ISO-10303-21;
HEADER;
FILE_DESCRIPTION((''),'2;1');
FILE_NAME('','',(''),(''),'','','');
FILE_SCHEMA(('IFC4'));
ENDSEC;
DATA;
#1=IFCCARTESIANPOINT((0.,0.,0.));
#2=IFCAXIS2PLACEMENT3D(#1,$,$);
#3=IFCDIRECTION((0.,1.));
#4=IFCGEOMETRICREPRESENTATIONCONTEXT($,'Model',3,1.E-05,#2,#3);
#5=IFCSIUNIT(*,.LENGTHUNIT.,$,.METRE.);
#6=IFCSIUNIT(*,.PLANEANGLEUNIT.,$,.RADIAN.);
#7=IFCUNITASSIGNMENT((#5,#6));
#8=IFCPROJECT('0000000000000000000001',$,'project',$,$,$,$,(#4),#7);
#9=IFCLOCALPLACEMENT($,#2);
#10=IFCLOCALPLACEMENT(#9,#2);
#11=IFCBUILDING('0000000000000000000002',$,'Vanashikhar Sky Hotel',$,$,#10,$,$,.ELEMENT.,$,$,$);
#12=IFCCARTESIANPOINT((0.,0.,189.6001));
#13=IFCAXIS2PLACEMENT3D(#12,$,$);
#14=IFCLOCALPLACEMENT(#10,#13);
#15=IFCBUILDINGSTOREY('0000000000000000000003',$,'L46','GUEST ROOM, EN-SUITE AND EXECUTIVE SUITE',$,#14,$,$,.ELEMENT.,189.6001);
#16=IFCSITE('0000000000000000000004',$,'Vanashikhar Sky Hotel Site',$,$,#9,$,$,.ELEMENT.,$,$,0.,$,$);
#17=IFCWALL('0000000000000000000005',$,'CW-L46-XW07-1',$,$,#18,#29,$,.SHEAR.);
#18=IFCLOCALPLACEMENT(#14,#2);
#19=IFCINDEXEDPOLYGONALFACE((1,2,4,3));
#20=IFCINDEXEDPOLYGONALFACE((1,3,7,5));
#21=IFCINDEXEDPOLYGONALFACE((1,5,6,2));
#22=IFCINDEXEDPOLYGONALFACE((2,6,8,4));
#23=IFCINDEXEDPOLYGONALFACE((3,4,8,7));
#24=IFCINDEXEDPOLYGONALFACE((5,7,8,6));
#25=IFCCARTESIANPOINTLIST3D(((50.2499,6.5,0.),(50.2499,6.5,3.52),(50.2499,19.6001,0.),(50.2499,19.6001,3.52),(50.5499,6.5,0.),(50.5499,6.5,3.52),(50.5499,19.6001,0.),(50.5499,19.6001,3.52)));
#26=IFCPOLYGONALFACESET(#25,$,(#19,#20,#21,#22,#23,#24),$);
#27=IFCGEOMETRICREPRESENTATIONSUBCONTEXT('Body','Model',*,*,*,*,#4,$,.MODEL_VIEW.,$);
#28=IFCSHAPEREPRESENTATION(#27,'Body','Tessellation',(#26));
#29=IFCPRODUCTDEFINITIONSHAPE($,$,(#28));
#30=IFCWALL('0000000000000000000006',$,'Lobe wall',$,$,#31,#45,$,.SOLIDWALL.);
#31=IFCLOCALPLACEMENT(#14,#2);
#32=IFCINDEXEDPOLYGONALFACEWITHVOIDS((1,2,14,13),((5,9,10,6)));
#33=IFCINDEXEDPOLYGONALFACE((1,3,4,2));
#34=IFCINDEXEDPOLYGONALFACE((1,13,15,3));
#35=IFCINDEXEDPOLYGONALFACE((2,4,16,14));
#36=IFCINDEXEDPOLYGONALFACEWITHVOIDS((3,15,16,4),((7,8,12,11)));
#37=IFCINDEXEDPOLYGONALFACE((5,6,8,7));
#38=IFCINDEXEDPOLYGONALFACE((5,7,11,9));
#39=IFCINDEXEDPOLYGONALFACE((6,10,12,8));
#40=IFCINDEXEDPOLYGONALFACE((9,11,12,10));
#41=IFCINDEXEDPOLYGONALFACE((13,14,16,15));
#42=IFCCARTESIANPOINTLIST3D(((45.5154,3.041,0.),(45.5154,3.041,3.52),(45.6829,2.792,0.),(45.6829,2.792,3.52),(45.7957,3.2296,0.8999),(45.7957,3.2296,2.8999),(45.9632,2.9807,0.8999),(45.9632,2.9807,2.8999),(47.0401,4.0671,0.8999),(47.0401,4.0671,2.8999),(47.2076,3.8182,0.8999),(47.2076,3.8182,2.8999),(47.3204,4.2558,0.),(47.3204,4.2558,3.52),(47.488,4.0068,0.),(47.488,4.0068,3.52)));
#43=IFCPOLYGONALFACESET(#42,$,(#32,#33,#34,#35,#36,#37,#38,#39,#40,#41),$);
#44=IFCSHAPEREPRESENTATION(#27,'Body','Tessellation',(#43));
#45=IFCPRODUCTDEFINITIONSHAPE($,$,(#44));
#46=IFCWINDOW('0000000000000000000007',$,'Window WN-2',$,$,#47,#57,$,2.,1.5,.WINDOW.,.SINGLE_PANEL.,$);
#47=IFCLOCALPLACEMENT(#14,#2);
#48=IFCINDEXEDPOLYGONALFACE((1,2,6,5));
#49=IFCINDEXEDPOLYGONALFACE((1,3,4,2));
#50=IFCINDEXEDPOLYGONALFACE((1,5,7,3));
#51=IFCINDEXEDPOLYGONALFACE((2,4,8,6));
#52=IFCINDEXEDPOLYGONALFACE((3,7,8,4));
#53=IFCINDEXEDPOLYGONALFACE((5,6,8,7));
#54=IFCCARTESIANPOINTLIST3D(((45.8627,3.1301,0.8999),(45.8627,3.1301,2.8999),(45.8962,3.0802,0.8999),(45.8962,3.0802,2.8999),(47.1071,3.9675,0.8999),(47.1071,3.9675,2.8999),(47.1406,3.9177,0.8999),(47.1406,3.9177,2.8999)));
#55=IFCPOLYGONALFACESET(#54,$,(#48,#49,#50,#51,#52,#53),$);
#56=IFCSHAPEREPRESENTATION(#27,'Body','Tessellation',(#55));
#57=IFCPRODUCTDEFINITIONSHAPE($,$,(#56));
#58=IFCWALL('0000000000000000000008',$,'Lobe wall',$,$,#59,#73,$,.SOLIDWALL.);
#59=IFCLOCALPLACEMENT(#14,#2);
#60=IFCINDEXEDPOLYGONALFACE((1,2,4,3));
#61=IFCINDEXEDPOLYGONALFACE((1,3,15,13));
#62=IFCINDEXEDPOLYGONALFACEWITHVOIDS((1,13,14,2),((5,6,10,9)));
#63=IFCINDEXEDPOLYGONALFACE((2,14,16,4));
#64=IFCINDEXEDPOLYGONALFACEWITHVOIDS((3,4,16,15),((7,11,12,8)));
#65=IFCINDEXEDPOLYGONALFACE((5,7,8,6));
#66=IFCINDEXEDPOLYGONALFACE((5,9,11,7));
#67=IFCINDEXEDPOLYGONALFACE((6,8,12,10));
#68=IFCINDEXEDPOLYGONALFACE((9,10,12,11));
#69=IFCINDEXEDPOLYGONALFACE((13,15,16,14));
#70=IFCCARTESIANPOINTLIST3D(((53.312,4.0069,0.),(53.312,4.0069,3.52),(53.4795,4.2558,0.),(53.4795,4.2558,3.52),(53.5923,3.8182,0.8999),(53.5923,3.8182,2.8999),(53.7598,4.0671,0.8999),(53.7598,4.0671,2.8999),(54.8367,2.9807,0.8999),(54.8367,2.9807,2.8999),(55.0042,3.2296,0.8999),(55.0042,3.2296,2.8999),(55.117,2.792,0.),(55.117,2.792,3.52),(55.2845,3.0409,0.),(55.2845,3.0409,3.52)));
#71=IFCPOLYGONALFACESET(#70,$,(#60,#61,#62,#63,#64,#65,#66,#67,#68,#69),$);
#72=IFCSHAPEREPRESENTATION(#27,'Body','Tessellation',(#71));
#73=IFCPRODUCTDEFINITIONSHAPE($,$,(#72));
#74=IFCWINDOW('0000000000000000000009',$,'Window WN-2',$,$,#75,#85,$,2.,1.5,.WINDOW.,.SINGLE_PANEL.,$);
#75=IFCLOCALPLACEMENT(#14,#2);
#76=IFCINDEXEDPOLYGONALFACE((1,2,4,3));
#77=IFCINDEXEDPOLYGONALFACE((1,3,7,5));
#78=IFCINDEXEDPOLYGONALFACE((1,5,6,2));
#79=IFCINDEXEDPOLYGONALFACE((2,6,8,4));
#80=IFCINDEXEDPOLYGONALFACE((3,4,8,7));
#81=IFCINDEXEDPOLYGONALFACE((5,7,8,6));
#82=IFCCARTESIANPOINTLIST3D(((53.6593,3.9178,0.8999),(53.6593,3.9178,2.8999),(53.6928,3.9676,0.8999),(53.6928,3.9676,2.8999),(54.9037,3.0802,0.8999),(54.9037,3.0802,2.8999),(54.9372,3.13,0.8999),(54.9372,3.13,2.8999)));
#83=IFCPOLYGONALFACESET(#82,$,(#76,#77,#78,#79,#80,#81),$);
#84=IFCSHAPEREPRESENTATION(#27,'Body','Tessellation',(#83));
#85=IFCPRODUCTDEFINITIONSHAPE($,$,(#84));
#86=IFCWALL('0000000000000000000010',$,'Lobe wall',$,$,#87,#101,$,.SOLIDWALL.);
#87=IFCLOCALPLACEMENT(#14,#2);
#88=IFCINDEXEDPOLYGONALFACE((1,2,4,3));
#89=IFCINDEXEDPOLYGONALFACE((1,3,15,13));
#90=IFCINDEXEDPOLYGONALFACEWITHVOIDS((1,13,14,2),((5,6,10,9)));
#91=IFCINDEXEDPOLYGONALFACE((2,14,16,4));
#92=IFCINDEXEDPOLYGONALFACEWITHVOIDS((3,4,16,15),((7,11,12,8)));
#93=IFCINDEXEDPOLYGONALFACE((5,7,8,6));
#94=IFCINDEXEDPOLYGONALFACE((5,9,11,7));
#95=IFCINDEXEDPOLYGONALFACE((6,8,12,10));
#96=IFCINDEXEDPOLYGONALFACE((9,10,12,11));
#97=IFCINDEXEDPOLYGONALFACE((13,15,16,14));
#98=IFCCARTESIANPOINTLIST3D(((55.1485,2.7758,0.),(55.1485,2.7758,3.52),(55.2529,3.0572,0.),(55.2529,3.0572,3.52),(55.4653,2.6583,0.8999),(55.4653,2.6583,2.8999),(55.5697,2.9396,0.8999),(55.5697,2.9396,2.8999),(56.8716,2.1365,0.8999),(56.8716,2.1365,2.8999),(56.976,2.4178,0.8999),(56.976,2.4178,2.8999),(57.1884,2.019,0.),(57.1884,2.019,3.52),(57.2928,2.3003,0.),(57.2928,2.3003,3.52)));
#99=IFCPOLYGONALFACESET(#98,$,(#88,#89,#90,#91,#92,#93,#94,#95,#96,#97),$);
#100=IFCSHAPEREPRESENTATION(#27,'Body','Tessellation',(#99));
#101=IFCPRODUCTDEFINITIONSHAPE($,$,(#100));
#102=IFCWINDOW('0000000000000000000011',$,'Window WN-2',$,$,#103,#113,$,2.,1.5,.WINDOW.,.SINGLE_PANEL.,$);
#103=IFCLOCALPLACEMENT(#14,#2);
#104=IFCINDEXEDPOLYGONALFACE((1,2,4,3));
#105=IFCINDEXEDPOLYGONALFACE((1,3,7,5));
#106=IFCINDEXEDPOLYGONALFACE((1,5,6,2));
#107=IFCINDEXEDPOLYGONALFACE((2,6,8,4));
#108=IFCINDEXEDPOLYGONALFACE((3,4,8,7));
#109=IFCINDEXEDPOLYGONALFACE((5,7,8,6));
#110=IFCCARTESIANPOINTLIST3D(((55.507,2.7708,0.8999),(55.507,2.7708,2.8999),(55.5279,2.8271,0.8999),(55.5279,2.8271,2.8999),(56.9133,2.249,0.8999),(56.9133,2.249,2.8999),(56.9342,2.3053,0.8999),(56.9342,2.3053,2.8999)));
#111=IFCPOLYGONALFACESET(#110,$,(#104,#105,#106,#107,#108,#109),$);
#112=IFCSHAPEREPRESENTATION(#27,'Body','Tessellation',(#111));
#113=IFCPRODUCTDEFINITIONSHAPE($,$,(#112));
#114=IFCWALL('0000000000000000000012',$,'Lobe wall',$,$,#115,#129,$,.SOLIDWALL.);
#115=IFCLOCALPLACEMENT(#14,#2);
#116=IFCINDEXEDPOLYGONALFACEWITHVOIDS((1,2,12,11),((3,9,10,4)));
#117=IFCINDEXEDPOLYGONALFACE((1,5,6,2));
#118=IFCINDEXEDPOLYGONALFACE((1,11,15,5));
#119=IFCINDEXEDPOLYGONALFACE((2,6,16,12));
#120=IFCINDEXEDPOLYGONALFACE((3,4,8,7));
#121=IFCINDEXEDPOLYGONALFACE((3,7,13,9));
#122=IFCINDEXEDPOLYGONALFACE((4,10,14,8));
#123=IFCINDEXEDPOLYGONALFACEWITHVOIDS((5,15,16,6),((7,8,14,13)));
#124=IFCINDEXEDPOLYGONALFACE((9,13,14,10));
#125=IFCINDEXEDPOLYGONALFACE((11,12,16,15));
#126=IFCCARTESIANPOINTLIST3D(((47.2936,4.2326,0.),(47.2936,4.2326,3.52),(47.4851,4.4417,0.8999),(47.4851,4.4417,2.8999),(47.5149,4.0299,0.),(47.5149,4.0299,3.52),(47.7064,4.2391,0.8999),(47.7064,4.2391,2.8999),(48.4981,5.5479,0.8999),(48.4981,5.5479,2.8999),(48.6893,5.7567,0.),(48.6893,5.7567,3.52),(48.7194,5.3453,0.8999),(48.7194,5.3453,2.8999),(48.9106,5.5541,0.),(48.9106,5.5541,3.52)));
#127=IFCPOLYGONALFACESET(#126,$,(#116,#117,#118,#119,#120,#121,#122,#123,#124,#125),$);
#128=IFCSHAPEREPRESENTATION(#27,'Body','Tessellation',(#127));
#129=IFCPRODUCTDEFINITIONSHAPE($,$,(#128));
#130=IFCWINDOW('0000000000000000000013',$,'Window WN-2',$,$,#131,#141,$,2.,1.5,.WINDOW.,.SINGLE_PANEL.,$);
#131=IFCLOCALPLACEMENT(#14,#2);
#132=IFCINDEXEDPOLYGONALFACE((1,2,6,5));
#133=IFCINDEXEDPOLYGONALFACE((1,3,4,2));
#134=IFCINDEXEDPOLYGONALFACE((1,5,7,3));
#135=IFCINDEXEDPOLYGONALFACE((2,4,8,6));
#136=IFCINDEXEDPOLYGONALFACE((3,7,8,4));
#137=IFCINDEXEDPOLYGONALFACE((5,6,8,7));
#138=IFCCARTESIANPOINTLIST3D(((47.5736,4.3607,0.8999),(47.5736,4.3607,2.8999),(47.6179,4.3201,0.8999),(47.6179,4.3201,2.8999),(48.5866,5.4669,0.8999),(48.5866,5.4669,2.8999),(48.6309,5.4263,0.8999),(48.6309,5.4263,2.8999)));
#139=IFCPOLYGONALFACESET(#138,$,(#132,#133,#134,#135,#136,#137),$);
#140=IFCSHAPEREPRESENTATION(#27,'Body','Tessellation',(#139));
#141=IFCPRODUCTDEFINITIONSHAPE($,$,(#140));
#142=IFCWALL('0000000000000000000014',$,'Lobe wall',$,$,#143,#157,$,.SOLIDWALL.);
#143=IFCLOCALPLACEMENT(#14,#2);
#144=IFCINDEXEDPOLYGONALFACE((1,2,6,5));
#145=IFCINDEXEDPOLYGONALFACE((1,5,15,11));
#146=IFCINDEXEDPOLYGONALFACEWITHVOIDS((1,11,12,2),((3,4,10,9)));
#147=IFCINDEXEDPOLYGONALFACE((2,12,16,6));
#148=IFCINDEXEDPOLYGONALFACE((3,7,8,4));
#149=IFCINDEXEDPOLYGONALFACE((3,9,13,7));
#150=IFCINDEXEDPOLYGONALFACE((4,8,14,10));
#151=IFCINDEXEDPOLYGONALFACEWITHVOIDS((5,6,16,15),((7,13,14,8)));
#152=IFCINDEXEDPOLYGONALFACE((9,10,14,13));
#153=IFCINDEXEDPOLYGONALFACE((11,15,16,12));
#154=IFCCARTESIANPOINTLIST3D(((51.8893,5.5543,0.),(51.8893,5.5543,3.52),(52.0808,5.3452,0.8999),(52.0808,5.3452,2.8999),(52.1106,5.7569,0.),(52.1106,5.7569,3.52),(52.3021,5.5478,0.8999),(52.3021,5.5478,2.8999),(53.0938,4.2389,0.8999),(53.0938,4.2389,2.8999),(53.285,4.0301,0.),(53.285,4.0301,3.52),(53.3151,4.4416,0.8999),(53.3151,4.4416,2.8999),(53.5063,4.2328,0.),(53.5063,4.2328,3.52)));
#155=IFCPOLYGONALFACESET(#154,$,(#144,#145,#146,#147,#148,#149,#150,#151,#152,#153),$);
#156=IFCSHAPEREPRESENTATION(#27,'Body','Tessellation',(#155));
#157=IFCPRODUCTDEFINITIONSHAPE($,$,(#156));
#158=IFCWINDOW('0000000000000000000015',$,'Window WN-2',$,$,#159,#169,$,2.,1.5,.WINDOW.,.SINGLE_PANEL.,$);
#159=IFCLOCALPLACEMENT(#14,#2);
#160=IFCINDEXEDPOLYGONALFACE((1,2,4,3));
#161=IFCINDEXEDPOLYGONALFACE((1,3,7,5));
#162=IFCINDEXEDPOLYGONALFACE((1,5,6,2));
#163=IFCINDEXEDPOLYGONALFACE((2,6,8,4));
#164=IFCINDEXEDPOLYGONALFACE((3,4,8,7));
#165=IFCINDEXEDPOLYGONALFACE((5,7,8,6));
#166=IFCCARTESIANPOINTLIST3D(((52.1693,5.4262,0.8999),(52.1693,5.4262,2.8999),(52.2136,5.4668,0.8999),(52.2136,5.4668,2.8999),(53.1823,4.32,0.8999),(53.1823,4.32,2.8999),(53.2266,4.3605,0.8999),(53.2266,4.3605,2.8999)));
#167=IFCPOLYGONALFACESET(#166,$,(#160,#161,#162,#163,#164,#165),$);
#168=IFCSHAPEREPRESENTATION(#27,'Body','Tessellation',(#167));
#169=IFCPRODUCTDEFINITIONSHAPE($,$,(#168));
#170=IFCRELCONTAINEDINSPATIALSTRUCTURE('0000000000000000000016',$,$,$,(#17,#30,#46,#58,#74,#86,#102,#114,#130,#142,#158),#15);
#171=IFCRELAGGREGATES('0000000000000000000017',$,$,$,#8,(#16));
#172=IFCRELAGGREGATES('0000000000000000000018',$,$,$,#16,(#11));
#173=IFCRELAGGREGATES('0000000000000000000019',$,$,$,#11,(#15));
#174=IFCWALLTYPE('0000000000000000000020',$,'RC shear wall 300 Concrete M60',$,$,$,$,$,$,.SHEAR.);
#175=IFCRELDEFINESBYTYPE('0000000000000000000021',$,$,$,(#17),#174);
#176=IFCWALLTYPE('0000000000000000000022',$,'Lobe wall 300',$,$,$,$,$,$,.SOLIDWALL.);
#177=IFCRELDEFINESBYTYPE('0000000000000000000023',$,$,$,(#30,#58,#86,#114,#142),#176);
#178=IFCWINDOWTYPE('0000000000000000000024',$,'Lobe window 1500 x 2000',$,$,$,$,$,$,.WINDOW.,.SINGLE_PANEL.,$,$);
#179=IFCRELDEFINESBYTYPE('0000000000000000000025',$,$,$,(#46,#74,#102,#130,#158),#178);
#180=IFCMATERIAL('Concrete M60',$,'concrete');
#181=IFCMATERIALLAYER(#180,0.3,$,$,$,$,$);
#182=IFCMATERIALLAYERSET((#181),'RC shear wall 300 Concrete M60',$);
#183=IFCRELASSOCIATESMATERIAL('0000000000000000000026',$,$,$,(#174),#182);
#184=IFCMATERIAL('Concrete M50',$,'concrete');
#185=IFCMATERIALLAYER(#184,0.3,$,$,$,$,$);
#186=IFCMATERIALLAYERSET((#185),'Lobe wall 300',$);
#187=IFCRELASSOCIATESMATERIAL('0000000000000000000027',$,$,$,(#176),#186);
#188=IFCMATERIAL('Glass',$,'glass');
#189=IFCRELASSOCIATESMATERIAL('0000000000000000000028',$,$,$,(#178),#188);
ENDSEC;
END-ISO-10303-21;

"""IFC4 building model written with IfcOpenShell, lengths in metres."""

from ifc_helpers import new_model, si_unit, direction, frame, frame_2d, origin, place, context, subcontext, project, spatial, rectangle, extrude, source, transform, mapped, material, layer, layer_set, type_object, element, fill, save


model = new_model("IFC4")

# Units and contexts
model_context = context("Model", 3, precision=1e-05, world=origin(), true_north=direction((0.0, 1.0)))
body_context = subcontext(model_context, "Body", "Model", "MODEL_VIEW")
ifc_project = project(units=[si_unit("LENGTHUNIT", "METRE"), si_unit("PLANEANGLEUNIT", "RADIAN")], contexts=[model_context])

# Site, building, storey
site_placement = place(None, origin())
site = spatial("IfcSite", under=ifc_project, at=site_placement, Name="Vanashikhar Sky Hotel Site", CompositionType="ELEMENT", RefElevation=0.0)
building_placement = place(site_placement, origin())
building = spatial("IfcBuilding", under=site, at=building_placement, Name="Vanashikhar Sky Hotel", CompositionType="ELEMENT")
storey_placement = place(building_placement, frame((0.0, 0.0, 189.6001)))
storey = spatial("IfcBuildingStorey", under=building, at=storey_placement, Name="L46", Description="GUEST ROOM, EN-SUITE AND EXECUTIVE SUITE", CompositionType="ELEMENT", Elevation=189.6001)

# Wall
ifc_material_1 = material(Name="Concrete M60", Category="concrete")
ifc_layer_1 = layer(ifc_material_1, 0.3)
ifc_layer_set_1 = layer_set([ifc_layer_1], Name="RC shear wall 300 Concrete M60")
wall_type_1 = type_object("IfcWallType", Name="RC shear wall 300 Concrete M60", PredefinedType="SHEAR", material=ifc_layer_set_1)
shared_shape_1 = source(origin(), body_context, "Body", "SweptSolid", [
    extrude(rectangle(XDim=13.1001, YDim=0.3, at=frame_2d((6.55, 0.0))), origin(), (0.0, 0.0, 1.0), 3.52),
])
wall_1_placement = place(storey_placement, frame((50.3999, 6.5, 0.0), z_axis=(0.0, 0.0, 1.0), x_axis=(0.0, 1.0, 0.0)))
element("IfcWall", 1, at=wall_1_placement, inside=storey, type_object=wall_type_1, Name="CW-L46-XW07-1", PredefinedType="SHEAR", context=body_context, shape_type="MappedRepresentation", body=[
    mapped(shared_shape_1, transform((0.0, 0.0, 0.0), scale=1.0)),
])

# Walls, openings, windows
ifc_material_2 = material(Name="Concrete M50", Category="concrete")
ifc_layer_2 = layer(ifc_material_2, 0.3)
ifc_layer_set_2 = layer_set([ifc_layer_2], Name="Lobe wall 300")
wall_type_2 = type_object("IfcWallType", Name="Lobe wall 300", PredefinedType="SOLIDWALL", material=ifc_layer_set_2)
shared_shape_2 = source(origin(), body_context, "Body", "SweptSolid", [
    extrude(rectangle(XDim=2.1758, YDim=0.3, at=frame_2d((1.0879, 0.0))), origin(), (0.0, 0.0, 1.0), 3.52),
])
wall_2_placement = place(storey_placement, frame((45.5991, 2.9165, 0.0), z_axis=(0.0, 0.0, 1.0), x_axis=(0.829626, 0.55832, 0.0)))
wall_2 = element("IfcWall", 2, at=wall_2_placement, inside=storey, type_object=wall_type_2, Name="Lobe wall", PredefinedType="SOLIDWALL", context=body_context, shape_type="MappedRepresentation", body=[
    mapped(shared_shape_2, transform((0.0, 0.0, 0.0), scale=1.0)),
])
shared_shape_3 = source(origin(), body_context, "Body", "SweptSolid", [
    extrude(rectangle(XDim=1.5, YDim=2.0, at=frame_2d((0.75, 1.0))), frame((0.0, 0.1602, 0.0), z_axis=(0.0, -1.0, 0.0), x_axis=(1.0, 0.0, 0.0)), (0.0, 0.0, 1.0), 0.3201),
])
opening_1_placement = place(wall_2_placement, frame((0.3379, 0.0, 0.8999)))
opening_1 = element("IfcOpeningElement", 3, at=opening_1_placement, cuts=wall_2, PredefinedType="OPENING", context=body_context, shape_type="MappedRepresentation", body=[
    mapped(shared_shape_3, transform((0.0, 0.0, 0.0), scale=1.0)),
])
ifc_material_3 = material(Name="Glass", Category="glass")
window_type = type_object("IfcWindowType", Name="Lobe window 1500 x 2000", PartitioningType="SINGLE_PANEL", PredefinedType="WINDOW", material=ifc_material_3)
shared_shape_4 = source(origin(), body_context, "Body", "SweptSolid", [
    extrude(rectangle(XDim=1.5, YDim=2.0, at=frame_2d((0.75, 1.0))), frame((0.0, 0.03, 0.0), z_axis=(0.0, -1.0, 0.0), x_axis=(1.0, 0.0, 0.0)), (0.0, 0.0, 1.0), 0.0601),
])
window_1_placement = place(opening_1_placement, origin())
window_1 = element("IfcWindow", 4, at=window_1_placement, inside=storey, type_object=window_type, Name="Window WN-2", OverallHeight=2.0, OverallWidth=1.5, PartitioningType="SINGLE_PANEL", PredefinedType="WINDOW", context=body_context, shape_type="MappedRepresentation", body=[
    mapped(shared_shape_4, transform((0.0, 0.0, 0.0), scale=1.0)),
])
fill(opening_1, window_1)
wall_3_placement = place(storey_placement, frame((53.3958, 4.1313, 0.0), z_axis=(0.0, 0.0, 1.0), x_axis=(0.829591, -0.558372, 0.0)))
wall_3 = element("IfcWall", 5, at=wall_3_placement, inside=storey, type_object=wall_type_2, Name="Lobe wall", PredefinedType="SOLIDWALL", context=body_context, shape_type="MappedRepresentation", body=[
    mapped(shared_shape_2, transform((0.0, 0.0, 0.0), scale=1.0)),
])
opening_2_placement = place(wall_3_placement, frame((0.3379, 0.0, 0.8999)))
opening_2 = element("IfcOpeningElement", 6, at=opening_2_placement, cuts=wall_3, PredefinedType="OPENING", context=body_context, shape_type="MappedRepresentation", body=[
    mapped(shared_shape_3, transform((0.0, 0.0, 0.0), scale=1.0)),
])
window_2_placement = place(opening_2_placement, origin())
window_2 = element("IfcWindow", 7, at=window_2_placement, inside=storey, type_object=window_type, Name="Window WN-2", OverallHeight=2.0, OverallWidth=1.5, PartitioningType="SINGLE_PANEL", PredefinedType="WINDOW", context=body_context, shape_type="MappedRepresentation", body=[
    mapped(shared_shape_4, transform((0.0, 0.0, 0.0), scale=1.0)),
])
fill(opening_2, window_2)
wall_4_placement = place(storey_placement, frame((55.2007, 2.9165, 0.0), z_axis=(0.0, 0.0, 1.0), x_axis=(0.937546, -0.347863, 0.0)))
wall_4 = element("IfcWall", 8, at=wall_4_placement, inside=storey, type_object=wall_type_2, Name="Lobe wall", PredefinedType="SOLIDWALL", context=body_context, shape_type="MappedRepresentation", body=[
    mapped(shared_shape_2, transform((0.0, 0.0, 0.0), scale=1.0)),
])
opening_3_placement = place(wall_4_placement, frame((0.3379, 0.0, 0.8999)))
opening_3 = element("IfcOpeningElement", 9, at=opening_3_placement, cuts=wall_4, PredefinedType="OPENING", context=body_context, shape_type="MappedRepresentation", body=[
    mapped(shared_shape_3, transform((0.0, 0.0, 0.0), scale=1.0)),
])
window_3_placement = place(opening_3_placement, origin())
window_3 = element("IfcWindow", 10, at=window_3_placement, inside=storey, type_object=window_type, Name="Window WN-2", OverallHeight=2.0, OverallWidth=1.5, PartitioningType="SINGLE_PANEL", PredefinedType="WINDOW", context=body_context, shape_type="MappedRepresentation", body=[
    mapped(shared_shape_4, transform((0.0, 0.0, 0.0), scale=1.0)),
])
fill(opening_3, window_3)
shared_shape_5 = source(origin(), body_context, "Body", "SweptSolid", [
    extrude(rectangle(XDim=2.0667, YDim=0.3, at=frame_2d((1.0332, 0.0))), origin(), (0.0, 0.0, 1.0), 3.52),
])
wall_5_placement = place(storey_placement, frame((47.4043, 4.1313, 0.0), z_axis=(0.0, 0.0, 1.0), x_axis=(0.675355, 0.737492, 0.0)))
wall_5 = element("IfcWall", 11, at=wall_5_placement, inside=storey, type_object=wall_type_2, Name="Lobe wall", PredefinedType="SOLIDWALL", context=body_context, shape_type="MappedRepresentation", body=[
    mapped(shared_shape_5, transform((0.0, 0.0, 0.0), scale=1.0)),
])
opening_4_placement = place(wall_5_placement, frame((0.2834, 0.0, 0.8999)))
opening_4 = element("IfcOpeningElement", 12, at=opening_4_placement, cuts=wall_5, PredefinedType="OPENING", context=body_context, shape_type="MappedRepresentation", body=[
    mapped(shared_shape_3, transform((0.0, 0.0, 0.0), scale=1.0)),
])
window_4_placement = place(opening_4_placement, origin())
window_4 = element("IfcWindow", 13, at=window_4_placement, inside=storey, type_object=window_type, Name="Window WN-2", OverallHeight=2.0, OverallWidth=1.5, PartitioningType="SINGLE_PANEL", PredefinedType="WINDOW", context=body_context, shape_type="MappedRepresentation", body=[
    mapped(shared_shape_4, transform((0.0, 0.0, 0.0), scale=1.0)),
])
fill(opening_4, window_4)
wall_6_placement = place(storey_placement, frame((52.0, 5.6555, 0.0), z_axis=(0.0, 0.0, 1.0), x_axis=(0.675355, -0.737492, 0.0)))
wall_6 = element("IfcWall", 14, at=wall_6_placement, inside=storey, type_object=wall_type_2, Name="Lobe wall", PredefinedType="SOLIDWALL", context=body_context, shape_type="MappedRepresentation", body=[
    mapped(shared_shape_5, transform((0.0, 0.0, 0.0), scale=1.0)),
])
opening_5_placement = place(wall_6_placement, frame((0.2834, 0.0, 0.8999)))
opening_5 = element("IfcOpeningElement", 15, at=opening_5_placement, cuts=wall_6, PredefinedType="OPENING", context=body_context, shape_type="MappedRepresentation", body=[
    mapped(shared_shape_3, transform((0.0, 0.0, 0.0), scale=1.0)),
])
window_5_placement = place(opening_5_placement, origin())
window_5 = element("IfcWindow", 16, at=window_5_placement, inside=storey, type_object=window_type, Name="Window WN-2", OverallHeight=2.0, OverallWidth=1.5, PartitioningType="SINGLE_PANEL", PredefinedType="WINDOW", context=body_context, shape_type="MappedRepresentation", body=[
    mapped(shared_shape_4, transform((0.0, 0.0, 0.0), scale=1.0)),
])
fill(opening_5, window_5)

save(model, "model.ifc")
